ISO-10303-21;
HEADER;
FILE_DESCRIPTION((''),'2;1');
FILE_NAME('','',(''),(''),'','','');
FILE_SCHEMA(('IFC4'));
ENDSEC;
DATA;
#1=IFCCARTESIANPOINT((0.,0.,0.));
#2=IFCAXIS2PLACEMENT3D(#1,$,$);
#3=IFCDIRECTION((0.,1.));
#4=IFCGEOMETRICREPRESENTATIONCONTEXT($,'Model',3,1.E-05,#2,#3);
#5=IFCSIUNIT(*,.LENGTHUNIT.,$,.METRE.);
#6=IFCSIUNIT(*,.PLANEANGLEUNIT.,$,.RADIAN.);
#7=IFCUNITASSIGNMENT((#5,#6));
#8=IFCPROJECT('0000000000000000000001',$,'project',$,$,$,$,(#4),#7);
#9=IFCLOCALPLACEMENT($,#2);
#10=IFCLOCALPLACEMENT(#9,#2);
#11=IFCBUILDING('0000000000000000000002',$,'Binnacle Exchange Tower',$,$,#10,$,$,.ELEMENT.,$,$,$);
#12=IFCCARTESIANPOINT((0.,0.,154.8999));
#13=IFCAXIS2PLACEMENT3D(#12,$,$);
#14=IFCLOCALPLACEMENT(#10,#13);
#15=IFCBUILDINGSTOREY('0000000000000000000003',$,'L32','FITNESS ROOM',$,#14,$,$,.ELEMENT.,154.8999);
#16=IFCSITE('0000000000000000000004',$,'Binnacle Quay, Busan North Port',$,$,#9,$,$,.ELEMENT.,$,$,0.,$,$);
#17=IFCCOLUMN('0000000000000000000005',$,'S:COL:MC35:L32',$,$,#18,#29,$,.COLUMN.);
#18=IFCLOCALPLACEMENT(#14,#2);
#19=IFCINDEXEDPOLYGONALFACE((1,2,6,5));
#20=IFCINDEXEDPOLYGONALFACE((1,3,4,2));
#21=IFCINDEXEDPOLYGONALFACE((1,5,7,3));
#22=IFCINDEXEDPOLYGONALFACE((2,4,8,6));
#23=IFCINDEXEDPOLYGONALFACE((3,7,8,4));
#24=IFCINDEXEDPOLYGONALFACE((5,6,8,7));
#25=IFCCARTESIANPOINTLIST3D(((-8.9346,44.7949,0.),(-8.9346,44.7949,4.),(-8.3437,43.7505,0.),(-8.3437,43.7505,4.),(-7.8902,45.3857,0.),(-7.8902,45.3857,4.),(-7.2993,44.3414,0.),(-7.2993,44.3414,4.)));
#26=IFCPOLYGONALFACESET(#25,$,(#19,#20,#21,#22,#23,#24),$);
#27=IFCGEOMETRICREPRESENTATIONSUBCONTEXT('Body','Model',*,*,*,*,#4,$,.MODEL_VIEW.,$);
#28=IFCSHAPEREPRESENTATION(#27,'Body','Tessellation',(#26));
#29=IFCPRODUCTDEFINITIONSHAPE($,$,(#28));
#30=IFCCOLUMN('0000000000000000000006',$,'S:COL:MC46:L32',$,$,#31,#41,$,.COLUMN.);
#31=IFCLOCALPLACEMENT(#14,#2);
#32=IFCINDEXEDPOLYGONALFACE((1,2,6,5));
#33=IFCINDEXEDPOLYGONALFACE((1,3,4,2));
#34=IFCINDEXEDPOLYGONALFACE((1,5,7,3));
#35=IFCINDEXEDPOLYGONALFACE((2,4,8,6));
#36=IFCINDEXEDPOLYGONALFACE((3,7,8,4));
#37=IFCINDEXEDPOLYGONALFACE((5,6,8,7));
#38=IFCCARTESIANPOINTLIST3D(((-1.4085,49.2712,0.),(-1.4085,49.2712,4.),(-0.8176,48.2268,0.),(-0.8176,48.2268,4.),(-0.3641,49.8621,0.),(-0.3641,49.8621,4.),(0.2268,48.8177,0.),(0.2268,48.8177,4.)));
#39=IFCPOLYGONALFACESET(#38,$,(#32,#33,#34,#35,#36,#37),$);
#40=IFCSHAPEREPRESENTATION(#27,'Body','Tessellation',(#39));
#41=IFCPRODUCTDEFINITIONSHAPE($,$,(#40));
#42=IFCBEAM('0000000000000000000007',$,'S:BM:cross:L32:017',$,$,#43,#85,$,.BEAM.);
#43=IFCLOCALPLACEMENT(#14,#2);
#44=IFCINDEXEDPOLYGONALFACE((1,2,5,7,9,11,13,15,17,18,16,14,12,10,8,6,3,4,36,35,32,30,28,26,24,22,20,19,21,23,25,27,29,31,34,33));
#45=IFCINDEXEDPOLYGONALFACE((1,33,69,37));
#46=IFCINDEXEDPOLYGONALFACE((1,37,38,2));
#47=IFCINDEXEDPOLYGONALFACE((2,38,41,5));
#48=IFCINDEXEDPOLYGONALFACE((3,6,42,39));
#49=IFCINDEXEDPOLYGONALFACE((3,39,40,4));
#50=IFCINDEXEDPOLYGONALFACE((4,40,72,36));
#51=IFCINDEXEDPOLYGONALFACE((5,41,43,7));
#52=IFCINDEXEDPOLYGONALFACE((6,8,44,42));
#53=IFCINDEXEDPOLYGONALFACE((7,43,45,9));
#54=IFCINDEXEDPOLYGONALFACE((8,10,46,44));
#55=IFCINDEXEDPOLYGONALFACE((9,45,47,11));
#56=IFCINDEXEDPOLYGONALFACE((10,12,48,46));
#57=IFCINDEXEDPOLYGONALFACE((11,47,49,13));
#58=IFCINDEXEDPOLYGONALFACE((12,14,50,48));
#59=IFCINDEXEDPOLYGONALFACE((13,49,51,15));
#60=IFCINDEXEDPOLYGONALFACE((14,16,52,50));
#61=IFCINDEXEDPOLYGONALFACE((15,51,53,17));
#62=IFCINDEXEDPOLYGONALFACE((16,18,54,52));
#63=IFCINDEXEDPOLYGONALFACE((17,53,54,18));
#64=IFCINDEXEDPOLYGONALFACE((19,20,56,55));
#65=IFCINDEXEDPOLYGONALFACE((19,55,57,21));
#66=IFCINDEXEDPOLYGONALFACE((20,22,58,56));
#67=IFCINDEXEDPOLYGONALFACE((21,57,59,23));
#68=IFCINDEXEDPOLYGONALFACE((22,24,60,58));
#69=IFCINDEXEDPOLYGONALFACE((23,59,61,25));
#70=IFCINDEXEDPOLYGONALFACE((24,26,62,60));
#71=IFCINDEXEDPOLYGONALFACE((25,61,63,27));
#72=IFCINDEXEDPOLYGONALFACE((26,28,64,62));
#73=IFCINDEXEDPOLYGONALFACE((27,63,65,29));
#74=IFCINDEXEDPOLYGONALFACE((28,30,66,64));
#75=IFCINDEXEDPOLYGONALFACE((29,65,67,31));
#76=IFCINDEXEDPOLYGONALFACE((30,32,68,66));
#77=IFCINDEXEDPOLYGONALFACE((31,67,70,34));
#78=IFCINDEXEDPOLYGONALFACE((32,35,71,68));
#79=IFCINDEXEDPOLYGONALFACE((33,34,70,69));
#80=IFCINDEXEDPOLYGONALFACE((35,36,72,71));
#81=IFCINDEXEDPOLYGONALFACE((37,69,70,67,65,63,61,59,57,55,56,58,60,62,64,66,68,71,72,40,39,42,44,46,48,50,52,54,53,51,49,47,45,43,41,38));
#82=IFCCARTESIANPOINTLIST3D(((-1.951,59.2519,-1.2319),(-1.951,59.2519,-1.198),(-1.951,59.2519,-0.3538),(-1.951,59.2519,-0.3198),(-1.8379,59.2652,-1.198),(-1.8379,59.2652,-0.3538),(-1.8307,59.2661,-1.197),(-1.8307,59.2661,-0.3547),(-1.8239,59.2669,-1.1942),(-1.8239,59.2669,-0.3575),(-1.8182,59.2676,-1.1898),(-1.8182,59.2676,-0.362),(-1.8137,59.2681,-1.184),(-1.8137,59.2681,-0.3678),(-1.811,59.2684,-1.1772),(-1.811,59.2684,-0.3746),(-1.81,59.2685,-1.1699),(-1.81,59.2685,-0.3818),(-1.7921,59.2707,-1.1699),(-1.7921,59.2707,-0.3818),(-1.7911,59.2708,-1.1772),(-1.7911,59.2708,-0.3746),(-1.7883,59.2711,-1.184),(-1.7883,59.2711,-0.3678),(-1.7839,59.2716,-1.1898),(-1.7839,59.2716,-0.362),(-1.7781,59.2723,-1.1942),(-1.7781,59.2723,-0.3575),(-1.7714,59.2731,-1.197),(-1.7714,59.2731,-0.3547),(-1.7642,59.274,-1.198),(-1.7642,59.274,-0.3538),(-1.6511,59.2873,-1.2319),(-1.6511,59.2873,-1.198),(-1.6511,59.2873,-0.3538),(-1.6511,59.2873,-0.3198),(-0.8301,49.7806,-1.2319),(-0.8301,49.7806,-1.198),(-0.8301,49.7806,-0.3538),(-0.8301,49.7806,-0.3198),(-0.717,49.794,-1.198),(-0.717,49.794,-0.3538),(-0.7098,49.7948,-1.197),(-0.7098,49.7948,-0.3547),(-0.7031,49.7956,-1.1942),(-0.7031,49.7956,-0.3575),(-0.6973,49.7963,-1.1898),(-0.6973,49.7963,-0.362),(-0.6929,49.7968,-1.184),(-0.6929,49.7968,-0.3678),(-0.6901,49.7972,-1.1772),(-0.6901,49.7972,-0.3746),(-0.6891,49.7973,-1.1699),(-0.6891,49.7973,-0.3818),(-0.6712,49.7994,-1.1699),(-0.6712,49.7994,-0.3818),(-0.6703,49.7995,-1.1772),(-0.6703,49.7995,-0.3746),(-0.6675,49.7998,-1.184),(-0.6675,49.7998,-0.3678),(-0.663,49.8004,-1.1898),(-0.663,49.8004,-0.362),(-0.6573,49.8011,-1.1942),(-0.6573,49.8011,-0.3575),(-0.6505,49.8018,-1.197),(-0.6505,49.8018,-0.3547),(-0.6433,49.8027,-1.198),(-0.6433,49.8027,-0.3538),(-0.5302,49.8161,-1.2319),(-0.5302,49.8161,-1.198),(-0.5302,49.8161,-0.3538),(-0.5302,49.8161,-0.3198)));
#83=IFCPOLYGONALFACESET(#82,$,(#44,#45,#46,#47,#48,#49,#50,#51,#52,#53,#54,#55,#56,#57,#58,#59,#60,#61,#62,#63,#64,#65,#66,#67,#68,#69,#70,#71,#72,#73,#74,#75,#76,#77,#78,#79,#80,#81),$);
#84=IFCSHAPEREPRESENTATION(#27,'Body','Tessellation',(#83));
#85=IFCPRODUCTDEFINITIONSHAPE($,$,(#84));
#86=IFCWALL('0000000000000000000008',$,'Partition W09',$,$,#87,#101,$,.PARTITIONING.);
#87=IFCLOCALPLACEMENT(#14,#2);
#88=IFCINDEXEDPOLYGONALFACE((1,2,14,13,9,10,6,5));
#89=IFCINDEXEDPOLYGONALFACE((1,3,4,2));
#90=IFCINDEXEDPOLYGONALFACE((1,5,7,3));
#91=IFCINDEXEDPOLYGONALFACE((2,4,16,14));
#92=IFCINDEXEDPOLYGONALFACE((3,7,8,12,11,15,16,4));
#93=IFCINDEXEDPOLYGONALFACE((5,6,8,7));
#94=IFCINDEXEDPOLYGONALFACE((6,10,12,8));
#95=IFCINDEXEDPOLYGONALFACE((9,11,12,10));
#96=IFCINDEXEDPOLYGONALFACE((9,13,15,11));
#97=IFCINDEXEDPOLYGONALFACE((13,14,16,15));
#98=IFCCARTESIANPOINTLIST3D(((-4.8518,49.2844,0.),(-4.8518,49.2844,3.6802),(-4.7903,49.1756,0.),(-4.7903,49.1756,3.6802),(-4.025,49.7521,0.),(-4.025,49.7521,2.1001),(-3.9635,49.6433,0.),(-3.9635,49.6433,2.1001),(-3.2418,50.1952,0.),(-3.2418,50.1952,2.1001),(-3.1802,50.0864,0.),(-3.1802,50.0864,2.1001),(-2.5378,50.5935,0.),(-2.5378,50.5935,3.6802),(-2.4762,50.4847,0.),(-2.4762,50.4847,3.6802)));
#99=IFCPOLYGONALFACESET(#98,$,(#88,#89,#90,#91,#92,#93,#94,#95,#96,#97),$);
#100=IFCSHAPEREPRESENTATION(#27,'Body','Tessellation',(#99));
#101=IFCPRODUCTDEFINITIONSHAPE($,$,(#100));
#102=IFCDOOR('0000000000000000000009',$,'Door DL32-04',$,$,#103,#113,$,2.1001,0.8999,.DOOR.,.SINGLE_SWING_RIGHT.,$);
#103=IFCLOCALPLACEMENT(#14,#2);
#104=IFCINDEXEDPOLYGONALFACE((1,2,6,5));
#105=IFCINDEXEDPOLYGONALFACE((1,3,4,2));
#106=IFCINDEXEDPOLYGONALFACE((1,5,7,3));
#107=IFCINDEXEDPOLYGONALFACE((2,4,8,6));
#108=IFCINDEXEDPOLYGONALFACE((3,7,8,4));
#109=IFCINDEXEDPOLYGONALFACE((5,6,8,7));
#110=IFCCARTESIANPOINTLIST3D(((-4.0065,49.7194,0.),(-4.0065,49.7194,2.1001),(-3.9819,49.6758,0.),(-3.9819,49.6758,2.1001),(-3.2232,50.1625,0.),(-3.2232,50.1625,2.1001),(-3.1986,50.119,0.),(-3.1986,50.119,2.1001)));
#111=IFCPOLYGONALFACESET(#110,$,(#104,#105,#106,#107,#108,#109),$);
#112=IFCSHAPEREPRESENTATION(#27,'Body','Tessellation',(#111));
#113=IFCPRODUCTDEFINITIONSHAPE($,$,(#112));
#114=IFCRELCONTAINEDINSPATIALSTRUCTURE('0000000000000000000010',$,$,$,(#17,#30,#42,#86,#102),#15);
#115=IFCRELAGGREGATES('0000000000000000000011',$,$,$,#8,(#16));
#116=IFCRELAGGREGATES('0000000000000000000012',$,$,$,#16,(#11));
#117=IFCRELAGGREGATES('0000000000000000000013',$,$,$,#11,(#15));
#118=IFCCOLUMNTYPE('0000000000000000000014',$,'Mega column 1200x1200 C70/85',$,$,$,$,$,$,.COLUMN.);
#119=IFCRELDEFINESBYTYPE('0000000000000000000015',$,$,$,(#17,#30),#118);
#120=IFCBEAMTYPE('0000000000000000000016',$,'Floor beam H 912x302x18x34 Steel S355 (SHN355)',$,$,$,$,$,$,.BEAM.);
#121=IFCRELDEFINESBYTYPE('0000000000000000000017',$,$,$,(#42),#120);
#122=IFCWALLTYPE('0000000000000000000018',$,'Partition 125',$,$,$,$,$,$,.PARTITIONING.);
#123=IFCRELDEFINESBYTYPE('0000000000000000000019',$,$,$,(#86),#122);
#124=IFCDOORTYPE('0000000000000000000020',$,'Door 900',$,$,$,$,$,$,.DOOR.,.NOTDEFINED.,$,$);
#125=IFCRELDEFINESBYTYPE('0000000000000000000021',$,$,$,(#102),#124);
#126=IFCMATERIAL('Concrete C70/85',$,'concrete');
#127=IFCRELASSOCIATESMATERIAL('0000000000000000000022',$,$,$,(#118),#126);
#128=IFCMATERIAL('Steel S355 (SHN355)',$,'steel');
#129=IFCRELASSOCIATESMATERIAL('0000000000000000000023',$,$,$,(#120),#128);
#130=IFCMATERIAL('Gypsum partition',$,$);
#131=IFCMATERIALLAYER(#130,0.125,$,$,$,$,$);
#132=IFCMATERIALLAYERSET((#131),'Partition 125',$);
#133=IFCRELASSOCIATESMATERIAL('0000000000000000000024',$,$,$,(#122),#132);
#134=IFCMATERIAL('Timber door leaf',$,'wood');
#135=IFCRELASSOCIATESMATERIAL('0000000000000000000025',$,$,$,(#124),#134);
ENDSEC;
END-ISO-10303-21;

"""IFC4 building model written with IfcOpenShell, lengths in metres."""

from ifc_helpers import new_model, si_unit, direction, frame, frame_2d, origin, origin_2d, place, context, subcontext, project, spatial, rectangle, i_section, extrude, material, layer, layer_set, material_profile, profile_set, type_object, element, fill, save


model = new_model("IFC4")

# Units and contexts
model_context = context("Model", 3, precision=1e-05, world=origin(), true_north=direction((0.0, 1.0)))
body_context = subcontext(model_context, "Body", "Model", "MODEL_VIEW")
ifc_project = project(units=[si_unit("LENGTHUNIT", "METRE"), si_unit("PLANEANGLEUNIT", "RADIAN")], contexts=[model_context])

# Site, building, storey
site_placement = place(None, origin())
site = spatial("IfcSite", under=ifc_project, at=site_placement, Name="Binnacle Quay, Busan North Port", CompositionType="ELEMENT", RefElevation=0.0)
building_placement = place(site_placement, origin())
building = spatial("IfcBuilding", under=site, at=building_placement, Name="Binnacle Exchange Tower", CompositionType="ELEMENT")
storey_placement = place(building_placement, frame((0.0, 0.0, 154.8999)))
storey = spatial("IfcBuildingStorey", under=building, at=storey_placement, Name="L32", Description="FITNESS ROOM", CompositionType="ELEMENT", Elevation=154.8999)

# Columns
ifc_material_1 = material(Name="Concrete C70/85", Category="concrete")
ifc_material_profile_1 = material_profile(ifc_material_1, rectangle(XDim=1.2, YDim=1.2, at=origin_2d()), Name="Mega column 1200x1200 C70/85")
ifc_profile_set_1 = profile_set([ifc_material_profile_1], Name="Concrete C70/85")
column_type = type_object("IfcColumnType", Name="Mega column 1200x1200 C70/85", PredefinedType="COLUMN", material=ifc_profile_set_1)
for number, where, z_axis, x_axis, name in (
    (1, (-8.1169, 44.5681, 0.0), (0.0, 0.0, 1.0), (0.870356, 0.492424, 0.0), "S:COL:MC35:L32"),
    (2, (-0.5908, 49.0444, 0.0), (0.0, 0.0, 1.0), (0.870356, 0.492424, 0.0), "S:COL:MC46:L32"),
):
    element("IfcColumn", number, at=place(storey_placement, frame(where, z_axis=z_axis, x_axis=x_axis)), inside=storey, type_object=column_type, Name=name, PredefinedType="COLUMN", context=body_context, shape_type="SweptSolid", body=[
        extrude(rectangle(XDim=1.2, YDim=1.2, at=origin_2d()), origin(), (0.0, 0.0, 1.0), 4.0),
    ])

# Beam
ifc_material_2 = material(Name="Steel S355 (SHN355)", Category="steel")
ifc_material_profile_2 = material_profile(ifc_material_2, i_section(OverallWidth=0.302, OverallDepth=0.9121, WebThickness=0.0181, FlangeThickness=0.0339, FilletRadius=0.0281, at=origin_2d()), Name="H 912x302x18x34")
ifc_profile_set_2 = profile_set([ifc_material_profile_2], Name="Steel S355 (SHN355)")
beam_type = type_object("IfcBeamType", Name="Floor beam H 912x302x18x34 Steel S355 (SHN355)", PredefinedType="BEAM", material=ifc_profile_set_2)
beam_placement = place(storey_placement, frame((-0.6802, 49.7983, -0.7759), z_axis=(-0.117523, 0.99307, 0.0), x_axis=(-0.99307, -0.117523, 0.0)))
element("IfcBeam", 3, at=beam_placement, inside=storey, type_object=beam_type, Name="S:BM:cross:L32:017", PredefinedType="BEAM", context=body_context, shape_type="SweptSolid", body=[
    extrude(i_section(OverallWidth=0.302, OverallDepth=0.9121, WebThickness=0.0181, FlangeThickness=0.0339, FilletRadius=0.0281, at=origin_2d()), origin(), (0.0, 0.0, 1.0), 9.5374),
])

# Wall, opening, door
ifc_material_3 = material(Name="Gypsum partition")
ifc_layer_1 = layer(ifc_material_3, 0.125)
ifc_layer_set_1 = layer_set([ifc_layer_1], Name="Partition 125")
wall_type_1 = type_object("IfcWallType", Name="Partition 125", PredefinedType="PARTITIONING", material=ifc_layer_set_1)
wall_1_placement = place(storey_placement, frame((-4.821, 49.23, 0.0), z_axis=(0.0, 0.0, 1.0), x_axis=(0.870371, 0.492396, 0.0)))
wall_1 = element("IfcWall", 4, at=wall_1_placement, inside=storey, type_object=wall_type_1, Name="Partition W09", PredefinedType="PARTITIONING", context=body_context, shape_type="SweptSolid", body=[
    extrude(rectangle(XDim=2.6587, YDim=0.125, at=frame_2d((1.3293, 0.0))), origin(), (0.0, 0.0, 1.0), 3.6802),
])
opening_1_placement = place(wall_1_placement, frame((0.95, 0.0, 0.0)))
opening_1 = element("IfcOpeningElement", 5, at=opening_1_placement, cuts=wall_1, PredefinedType="OPENING", context=body_context, shape_type="SweptSolid", body=[
    extrude(rectangle(XDim=0.8999, YDim=2.1001, at=frame_2d((0.45, 1.05))), frame((0.0, 0.0725, 0.0), z_axis=(0.0, -1.0, 0.0), x_axis=(1.0, 0.0, 0.0)), (0.0, 0.0, 1.0), 0.145),
])
ifc_material_4 = material(Name="Timber door leaf", Category="wood")
door_type_1 = type_object("IfcDoorType", Name="Door 900", OperationType="NOTDEFINED", PredefinedType="DOOR", material=ifc_material_4)
door_1_placement = place(opening_1_placement, origin())
door_1 = element("IfcDoor", 6, at=door_1_placement, inside=storey, type_object=door_type_1, Name="Door DL32-04", OperationType="SINGLE_SWING_RIGHT", OverallHeight=2.1001, OverallWidth=0.8999, PredefinedType="DOOR", context=body_context, shape_type="SweptSolid", body=[
    extrude(rectangle(XDim=0.8999, YDim=2.1001, at=frame_2d((0.45, 1.05))), frame((0.0, 0.0249, 0.0), z_axis=(0.0, -1.0, 0.0), x_axis=(1.0, 0.0, 0.0)), (0.0, 0.0, 1.0), 0.05),
])
fill(opening_1, door_1)

save(model, "model.ifc")
